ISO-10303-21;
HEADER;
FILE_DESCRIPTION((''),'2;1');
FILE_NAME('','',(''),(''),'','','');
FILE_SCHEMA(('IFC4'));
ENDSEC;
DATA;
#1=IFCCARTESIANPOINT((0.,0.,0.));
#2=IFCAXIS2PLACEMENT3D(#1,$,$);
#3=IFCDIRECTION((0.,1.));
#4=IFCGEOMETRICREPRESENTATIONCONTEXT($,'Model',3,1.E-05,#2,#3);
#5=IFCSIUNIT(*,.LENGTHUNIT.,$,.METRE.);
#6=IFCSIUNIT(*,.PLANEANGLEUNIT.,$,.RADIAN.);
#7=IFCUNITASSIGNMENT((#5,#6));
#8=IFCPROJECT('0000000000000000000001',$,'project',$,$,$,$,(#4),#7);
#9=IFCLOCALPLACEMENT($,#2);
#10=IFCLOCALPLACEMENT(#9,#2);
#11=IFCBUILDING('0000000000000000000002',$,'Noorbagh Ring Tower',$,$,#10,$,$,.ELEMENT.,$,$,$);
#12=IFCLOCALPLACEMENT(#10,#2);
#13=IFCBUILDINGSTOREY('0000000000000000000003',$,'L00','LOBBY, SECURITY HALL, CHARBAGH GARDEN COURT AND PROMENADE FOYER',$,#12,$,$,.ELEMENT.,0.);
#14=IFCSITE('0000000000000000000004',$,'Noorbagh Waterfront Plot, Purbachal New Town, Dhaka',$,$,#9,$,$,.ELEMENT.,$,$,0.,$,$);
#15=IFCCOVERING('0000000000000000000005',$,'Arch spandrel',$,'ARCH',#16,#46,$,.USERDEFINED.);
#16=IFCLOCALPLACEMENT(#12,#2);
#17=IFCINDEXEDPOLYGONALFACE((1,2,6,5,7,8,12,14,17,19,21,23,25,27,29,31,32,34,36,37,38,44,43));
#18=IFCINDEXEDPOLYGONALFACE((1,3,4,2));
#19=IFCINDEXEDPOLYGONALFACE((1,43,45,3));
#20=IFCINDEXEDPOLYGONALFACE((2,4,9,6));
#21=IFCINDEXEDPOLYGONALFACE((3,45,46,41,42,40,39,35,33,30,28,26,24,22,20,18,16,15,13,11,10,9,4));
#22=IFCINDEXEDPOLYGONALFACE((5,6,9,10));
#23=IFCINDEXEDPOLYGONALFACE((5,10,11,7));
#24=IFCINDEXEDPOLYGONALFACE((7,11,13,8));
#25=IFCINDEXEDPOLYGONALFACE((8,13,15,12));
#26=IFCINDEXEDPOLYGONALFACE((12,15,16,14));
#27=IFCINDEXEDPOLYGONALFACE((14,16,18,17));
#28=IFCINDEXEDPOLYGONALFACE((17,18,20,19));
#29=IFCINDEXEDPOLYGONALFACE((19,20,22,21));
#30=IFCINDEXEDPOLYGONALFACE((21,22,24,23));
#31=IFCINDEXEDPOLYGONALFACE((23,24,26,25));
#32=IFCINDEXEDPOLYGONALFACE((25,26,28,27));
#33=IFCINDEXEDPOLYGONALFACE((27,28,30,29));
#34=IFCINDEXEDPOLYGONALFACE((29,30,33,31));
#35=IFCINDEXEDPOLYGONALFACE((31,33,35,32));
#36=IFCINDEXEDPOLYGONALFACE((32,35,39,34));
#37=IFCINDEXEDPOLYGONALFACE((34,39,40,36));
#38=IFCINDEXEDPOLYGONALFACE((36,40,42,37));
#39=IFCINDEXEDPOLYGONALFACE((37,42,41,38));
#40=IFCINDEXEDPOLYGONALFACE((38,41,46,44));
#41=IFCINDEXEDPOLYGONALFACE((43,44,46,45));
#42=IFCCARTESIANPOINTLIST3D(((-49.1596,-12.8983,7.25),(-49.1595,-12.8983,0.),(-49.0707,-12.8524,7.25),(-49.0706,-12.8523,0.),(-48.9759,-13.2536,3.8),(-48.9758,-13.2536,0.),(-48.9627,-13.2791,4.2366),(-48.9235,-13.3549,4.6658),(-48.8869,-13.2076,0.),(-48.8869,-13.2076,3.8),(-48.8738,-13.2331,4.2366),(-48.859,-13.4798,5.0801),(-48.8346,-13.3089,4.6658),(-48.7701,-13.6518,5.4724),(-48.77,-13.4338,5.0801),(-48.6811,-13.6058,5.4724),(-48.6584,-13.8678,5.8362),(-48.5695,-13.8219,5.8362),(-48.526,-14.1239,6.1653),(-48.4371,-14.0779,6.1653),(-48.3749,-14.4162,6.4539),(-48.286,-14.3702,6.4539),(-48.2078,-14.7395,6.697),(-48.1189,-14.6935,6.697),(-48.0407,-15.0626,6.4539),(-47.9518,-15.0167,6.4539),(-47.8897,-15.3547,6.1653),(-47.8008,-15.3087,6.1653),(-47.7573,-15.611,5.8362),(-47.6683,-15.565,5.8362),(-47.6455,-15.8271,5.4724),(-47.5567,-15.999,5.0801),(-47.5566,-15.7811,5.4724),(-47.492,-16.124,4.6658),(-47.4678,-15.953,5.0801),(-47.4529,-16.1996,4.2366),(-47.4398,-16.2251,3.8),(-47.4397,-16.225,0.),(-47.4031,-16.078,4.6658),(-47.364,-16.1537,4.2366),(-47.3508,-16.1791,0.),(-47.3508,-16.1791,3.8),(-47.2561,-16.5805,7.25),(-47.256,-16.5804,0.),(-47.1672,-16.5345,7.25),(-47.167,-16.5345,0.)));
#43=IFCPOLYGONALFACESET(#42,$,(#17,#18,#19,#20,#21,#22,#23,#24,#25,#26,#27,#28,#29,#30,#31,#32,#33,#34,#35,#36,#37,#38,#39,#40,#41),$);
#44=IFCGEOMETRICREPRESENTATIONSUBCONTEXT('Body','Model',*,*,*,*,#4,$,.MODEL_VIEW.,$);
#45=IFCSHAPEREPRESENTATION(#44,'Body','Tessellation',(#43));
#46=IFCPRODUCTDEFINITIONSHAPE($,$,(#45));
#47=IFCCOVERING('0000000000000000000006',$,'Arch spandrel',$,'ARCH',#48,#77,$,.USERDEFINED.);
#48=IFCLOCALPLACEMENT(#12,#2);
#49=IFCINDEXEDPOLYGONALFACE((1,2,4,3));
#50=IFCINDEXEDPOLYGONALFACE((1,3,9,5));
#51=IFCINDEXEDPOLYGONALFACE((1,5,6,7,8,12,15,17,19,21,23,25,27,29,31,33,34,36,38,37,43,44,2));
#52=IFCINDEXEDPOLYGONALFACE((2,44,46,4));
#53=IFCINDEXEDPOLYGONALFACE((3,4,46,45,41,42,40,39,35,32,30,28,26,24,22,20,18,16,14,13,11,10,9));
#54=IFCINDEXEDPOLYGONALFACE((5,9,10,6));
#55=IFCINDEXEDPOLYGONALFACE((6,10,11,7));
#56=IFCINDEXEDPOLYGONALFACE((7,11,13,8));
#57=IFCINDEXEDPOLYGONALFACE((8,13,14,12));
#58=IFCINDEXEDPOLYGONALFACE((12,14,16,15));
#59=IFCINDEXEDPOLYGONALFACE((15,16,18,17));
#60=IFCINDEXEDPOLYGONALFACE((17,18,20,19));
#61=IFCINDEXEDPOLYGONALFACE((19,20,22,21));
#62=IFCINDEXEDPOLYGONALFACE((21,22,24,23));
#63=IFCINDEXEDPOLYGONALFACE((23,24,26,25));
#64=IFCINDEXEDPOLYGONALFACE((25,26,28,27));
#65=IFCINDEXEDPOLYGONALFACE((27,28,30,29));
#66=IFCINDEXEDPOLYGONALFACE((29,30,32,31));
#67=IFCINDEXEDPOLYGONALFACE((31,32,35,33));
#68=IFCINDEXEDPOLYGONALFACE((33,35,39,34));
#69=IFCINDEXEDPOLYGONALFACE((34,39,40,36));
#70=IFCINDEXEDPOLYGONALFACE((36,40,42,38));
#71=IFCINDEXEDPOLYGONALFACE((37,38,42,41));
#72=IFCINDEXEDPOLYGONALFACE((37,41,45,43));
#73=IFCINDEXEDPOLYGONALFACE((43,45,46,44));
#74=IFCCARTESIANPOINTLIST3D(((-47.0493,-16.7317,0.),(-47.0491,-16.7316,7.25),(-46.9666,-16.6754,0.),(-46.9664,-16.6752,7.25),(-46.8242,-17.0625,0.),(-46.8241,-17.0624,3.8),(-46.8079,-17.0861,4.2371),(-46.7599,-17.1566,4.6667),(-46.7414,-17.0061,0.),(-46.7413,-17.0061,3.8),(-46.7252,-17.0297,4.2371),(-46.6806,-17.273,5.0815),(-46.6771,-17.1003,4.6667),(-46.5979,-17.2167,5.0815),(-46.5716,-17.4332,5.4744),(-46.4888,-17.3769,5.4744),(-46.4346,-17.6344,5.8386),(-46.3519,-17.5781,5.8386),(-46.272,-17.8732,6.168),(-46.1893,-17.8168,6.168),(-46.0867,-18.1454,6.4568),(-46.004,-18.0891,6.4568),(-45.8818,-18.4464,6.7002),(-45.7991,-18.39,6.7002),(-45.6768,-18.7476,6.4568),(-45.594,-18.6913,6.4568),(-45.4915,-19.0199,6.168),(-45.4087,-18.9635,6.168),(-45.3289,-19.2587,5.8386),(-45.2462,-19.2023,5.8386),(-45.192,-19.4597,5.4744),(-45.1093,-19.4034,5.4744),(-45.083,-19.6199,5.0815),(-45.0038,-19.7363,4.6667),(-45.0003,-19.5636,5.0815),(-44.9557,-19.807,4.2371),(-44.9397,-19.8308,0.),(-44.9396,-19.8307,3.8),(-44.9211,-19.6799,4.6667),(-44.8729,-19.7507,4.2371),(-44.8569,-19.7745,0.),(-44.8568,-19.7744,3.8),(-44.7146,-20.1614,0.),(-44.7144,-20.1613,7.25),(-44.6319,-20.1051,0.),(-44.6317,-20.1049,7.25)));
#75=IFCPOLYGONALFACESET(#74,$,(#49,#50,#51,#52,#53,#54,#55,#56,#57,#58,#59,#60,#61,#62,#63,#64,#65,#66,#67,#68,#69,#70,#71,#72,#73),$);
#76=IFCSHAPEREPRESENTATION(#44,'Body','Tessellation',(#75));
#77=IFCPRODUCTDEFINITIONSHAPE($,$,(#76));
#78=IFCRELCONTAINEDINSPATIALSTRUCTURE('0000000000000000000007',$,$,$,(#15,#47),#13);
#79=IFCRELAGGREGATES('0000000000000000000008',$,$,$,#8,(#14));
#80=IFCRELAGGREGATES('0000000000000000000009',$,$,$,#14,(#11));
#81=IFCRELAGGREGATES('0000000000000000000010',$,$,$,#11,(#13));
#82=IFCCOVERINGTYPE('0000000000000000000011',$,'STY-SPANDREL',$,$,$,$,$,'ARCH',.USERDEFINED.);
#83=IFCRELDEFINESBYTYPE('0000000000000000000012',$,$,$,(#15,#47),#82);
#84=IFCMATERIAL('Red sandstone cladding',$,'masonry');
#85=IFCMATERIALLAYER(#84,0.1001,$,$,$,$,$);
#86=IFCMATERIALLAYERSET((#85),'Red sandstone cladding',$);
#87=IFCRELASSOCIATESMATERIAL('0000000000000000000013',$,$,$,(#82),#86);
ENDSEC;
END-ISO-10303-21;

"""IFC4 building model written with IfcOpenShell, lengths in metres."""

from ifc_helpers import new_model, si_unit, direction, frame, origin, place, context, subcontext, project, spatial, polyline, outline, extrude, material, layer, layer_set, type_object, element, save


model = new_model("IFC4")

# Units and contexts
model_context = context("Model", 3, precision=1e-05, world=origin(), true_north=direction((0.0, 1.0)))
body_context = subcontext(model_context, "Body", "Model", "MODEL_VIEW")
ifc_project = project(units=[si_unit("LENGTHUNIT", "METRE"), si_unit("PLANEANGLEUNIT", "RADIAN")], contexts=[model_context])

# Site, building, storey
site_placement = place(None, origin())
site = spatial("IfcSite", under=ifc_project, at=site_placement, Name="Noorbagh Waterfront Plot, Purbachal New Town, Dhaka", CompositionType="ELEMENT", RefElevation=0.0)
building_placement = place(site_placement, origin())
building = spatial("IfcBuilding", under=site, at=building_placement, Name="Noorbagh Ring Tower", CompositionType="ELEMENT")
storey_placement = place(building_placement, origin())
storey = spatial("IfcBuildingStorey", under=building, at=storey_placement, Name="L00", Description="LOBBY, SECURITY HALL, CHARBAGH GARDEN COURT AND PROMENADE FOYER", CompositionType="ELEMENT", Elevation=0.0)

# Coverings
ifc_material_1 = material(Name="Red sandstone cladding", Category="masonry")
ifc_layer_1 = layer(ifc_material_1, 0.1001)
ifc_layer_set_1 = layer_set([ifc_layer_1], Name="Red sandstone cladding")
covering_type = type_object("IfcCoveringType", Name="STY-SPANDREL", ElementType="ARCH", PredefinedType="USERDEFINED", material=ifc_layer_set_1)
covering_1_placement = place(storey_placement, frame((-49.0706, -12.8523, 0.0), z_axis=(0.888322, 0.459222, 0.000021), x_axis=(0.459222, -0.888322, 0.0)))
element("IfcCovering", 1, at=covering_1_placement, inside=storey, type_object=covering_type, Name="Arch spandrel", ObjectType="ARCH", PredefinedType="USERDEFINED", context=body_context, shape_type="SweptSolid", body=[
    extrude(outline(polyline([(0.0, 0.0), (0.4, 0.0), (0.4, -3.8), (0.4287, -4.2366), (0.514, -4.6658), (0.6546, -5.0801), (0.8482, -5.4724), (1.0914, -5.8362), (1.3797, -6.1653), (1.7087, -6.4539), (2.0726, -6.697), (2.4364, -6.4539), (2.7652, -6.1653), (3.0537, -5.8362), (3.297, -5.4724), (3.4905, -5.0801), (3.6312, -4.6658), (3.7164, -4.2366), (3.745, -3.8), (3.745, 0.0), (4.1451, 0.0), (4.1451, -7.25), (0.0, -7.25), (0.0, 0.0)])), origin(), (0.0, 0.0, -1.0), 0.1001),
])
covering_2_placement = place(storey_placement, frame((-47.0493, -16.7317, 0.0), z_axis=(-0.826645, -0.562724, 0.000032), x_axis=(0.562724, -0.826645, 0.0)))
element("IfcCovering", 2, at=covering_2_placement, inside=storey, type_object=covering_type, Name="Arch spandrel", ObjectType="ARCH", PredefinedType="USERDEFINED", context=body_context, shape_type="SweptSolid", body=[
    extrude(outline(polyline([(0.0, 0.0), (0.4001, 0.0), (0.4001, 3.8), (0.4288, 4.2371), (0.5142, 4.6667), (0.6549, 5.0815), (0.8487, 5.4744), (1.0921, 5.8386), (1.381, 6.168), (1.7103, 6.4568), (2.0744, 6.7002), (2.4388, 6.4568), (2.7681, 6.168), (3.057, 5.8386), (3.3003, 5.4744), (3.4941, 5.0815), (3.6348, 4.6667), (3.7204, 4.2371), (3.749, 3.8), (3.749, 0.0), (4.1489, 0.0), (4.1489, 7.25), (0.0, 7.25), (0.0, 0.0)])), origin(), (0.0, 0.0, -1.0), 0.1001),
])

save(model, "model.ifc")
